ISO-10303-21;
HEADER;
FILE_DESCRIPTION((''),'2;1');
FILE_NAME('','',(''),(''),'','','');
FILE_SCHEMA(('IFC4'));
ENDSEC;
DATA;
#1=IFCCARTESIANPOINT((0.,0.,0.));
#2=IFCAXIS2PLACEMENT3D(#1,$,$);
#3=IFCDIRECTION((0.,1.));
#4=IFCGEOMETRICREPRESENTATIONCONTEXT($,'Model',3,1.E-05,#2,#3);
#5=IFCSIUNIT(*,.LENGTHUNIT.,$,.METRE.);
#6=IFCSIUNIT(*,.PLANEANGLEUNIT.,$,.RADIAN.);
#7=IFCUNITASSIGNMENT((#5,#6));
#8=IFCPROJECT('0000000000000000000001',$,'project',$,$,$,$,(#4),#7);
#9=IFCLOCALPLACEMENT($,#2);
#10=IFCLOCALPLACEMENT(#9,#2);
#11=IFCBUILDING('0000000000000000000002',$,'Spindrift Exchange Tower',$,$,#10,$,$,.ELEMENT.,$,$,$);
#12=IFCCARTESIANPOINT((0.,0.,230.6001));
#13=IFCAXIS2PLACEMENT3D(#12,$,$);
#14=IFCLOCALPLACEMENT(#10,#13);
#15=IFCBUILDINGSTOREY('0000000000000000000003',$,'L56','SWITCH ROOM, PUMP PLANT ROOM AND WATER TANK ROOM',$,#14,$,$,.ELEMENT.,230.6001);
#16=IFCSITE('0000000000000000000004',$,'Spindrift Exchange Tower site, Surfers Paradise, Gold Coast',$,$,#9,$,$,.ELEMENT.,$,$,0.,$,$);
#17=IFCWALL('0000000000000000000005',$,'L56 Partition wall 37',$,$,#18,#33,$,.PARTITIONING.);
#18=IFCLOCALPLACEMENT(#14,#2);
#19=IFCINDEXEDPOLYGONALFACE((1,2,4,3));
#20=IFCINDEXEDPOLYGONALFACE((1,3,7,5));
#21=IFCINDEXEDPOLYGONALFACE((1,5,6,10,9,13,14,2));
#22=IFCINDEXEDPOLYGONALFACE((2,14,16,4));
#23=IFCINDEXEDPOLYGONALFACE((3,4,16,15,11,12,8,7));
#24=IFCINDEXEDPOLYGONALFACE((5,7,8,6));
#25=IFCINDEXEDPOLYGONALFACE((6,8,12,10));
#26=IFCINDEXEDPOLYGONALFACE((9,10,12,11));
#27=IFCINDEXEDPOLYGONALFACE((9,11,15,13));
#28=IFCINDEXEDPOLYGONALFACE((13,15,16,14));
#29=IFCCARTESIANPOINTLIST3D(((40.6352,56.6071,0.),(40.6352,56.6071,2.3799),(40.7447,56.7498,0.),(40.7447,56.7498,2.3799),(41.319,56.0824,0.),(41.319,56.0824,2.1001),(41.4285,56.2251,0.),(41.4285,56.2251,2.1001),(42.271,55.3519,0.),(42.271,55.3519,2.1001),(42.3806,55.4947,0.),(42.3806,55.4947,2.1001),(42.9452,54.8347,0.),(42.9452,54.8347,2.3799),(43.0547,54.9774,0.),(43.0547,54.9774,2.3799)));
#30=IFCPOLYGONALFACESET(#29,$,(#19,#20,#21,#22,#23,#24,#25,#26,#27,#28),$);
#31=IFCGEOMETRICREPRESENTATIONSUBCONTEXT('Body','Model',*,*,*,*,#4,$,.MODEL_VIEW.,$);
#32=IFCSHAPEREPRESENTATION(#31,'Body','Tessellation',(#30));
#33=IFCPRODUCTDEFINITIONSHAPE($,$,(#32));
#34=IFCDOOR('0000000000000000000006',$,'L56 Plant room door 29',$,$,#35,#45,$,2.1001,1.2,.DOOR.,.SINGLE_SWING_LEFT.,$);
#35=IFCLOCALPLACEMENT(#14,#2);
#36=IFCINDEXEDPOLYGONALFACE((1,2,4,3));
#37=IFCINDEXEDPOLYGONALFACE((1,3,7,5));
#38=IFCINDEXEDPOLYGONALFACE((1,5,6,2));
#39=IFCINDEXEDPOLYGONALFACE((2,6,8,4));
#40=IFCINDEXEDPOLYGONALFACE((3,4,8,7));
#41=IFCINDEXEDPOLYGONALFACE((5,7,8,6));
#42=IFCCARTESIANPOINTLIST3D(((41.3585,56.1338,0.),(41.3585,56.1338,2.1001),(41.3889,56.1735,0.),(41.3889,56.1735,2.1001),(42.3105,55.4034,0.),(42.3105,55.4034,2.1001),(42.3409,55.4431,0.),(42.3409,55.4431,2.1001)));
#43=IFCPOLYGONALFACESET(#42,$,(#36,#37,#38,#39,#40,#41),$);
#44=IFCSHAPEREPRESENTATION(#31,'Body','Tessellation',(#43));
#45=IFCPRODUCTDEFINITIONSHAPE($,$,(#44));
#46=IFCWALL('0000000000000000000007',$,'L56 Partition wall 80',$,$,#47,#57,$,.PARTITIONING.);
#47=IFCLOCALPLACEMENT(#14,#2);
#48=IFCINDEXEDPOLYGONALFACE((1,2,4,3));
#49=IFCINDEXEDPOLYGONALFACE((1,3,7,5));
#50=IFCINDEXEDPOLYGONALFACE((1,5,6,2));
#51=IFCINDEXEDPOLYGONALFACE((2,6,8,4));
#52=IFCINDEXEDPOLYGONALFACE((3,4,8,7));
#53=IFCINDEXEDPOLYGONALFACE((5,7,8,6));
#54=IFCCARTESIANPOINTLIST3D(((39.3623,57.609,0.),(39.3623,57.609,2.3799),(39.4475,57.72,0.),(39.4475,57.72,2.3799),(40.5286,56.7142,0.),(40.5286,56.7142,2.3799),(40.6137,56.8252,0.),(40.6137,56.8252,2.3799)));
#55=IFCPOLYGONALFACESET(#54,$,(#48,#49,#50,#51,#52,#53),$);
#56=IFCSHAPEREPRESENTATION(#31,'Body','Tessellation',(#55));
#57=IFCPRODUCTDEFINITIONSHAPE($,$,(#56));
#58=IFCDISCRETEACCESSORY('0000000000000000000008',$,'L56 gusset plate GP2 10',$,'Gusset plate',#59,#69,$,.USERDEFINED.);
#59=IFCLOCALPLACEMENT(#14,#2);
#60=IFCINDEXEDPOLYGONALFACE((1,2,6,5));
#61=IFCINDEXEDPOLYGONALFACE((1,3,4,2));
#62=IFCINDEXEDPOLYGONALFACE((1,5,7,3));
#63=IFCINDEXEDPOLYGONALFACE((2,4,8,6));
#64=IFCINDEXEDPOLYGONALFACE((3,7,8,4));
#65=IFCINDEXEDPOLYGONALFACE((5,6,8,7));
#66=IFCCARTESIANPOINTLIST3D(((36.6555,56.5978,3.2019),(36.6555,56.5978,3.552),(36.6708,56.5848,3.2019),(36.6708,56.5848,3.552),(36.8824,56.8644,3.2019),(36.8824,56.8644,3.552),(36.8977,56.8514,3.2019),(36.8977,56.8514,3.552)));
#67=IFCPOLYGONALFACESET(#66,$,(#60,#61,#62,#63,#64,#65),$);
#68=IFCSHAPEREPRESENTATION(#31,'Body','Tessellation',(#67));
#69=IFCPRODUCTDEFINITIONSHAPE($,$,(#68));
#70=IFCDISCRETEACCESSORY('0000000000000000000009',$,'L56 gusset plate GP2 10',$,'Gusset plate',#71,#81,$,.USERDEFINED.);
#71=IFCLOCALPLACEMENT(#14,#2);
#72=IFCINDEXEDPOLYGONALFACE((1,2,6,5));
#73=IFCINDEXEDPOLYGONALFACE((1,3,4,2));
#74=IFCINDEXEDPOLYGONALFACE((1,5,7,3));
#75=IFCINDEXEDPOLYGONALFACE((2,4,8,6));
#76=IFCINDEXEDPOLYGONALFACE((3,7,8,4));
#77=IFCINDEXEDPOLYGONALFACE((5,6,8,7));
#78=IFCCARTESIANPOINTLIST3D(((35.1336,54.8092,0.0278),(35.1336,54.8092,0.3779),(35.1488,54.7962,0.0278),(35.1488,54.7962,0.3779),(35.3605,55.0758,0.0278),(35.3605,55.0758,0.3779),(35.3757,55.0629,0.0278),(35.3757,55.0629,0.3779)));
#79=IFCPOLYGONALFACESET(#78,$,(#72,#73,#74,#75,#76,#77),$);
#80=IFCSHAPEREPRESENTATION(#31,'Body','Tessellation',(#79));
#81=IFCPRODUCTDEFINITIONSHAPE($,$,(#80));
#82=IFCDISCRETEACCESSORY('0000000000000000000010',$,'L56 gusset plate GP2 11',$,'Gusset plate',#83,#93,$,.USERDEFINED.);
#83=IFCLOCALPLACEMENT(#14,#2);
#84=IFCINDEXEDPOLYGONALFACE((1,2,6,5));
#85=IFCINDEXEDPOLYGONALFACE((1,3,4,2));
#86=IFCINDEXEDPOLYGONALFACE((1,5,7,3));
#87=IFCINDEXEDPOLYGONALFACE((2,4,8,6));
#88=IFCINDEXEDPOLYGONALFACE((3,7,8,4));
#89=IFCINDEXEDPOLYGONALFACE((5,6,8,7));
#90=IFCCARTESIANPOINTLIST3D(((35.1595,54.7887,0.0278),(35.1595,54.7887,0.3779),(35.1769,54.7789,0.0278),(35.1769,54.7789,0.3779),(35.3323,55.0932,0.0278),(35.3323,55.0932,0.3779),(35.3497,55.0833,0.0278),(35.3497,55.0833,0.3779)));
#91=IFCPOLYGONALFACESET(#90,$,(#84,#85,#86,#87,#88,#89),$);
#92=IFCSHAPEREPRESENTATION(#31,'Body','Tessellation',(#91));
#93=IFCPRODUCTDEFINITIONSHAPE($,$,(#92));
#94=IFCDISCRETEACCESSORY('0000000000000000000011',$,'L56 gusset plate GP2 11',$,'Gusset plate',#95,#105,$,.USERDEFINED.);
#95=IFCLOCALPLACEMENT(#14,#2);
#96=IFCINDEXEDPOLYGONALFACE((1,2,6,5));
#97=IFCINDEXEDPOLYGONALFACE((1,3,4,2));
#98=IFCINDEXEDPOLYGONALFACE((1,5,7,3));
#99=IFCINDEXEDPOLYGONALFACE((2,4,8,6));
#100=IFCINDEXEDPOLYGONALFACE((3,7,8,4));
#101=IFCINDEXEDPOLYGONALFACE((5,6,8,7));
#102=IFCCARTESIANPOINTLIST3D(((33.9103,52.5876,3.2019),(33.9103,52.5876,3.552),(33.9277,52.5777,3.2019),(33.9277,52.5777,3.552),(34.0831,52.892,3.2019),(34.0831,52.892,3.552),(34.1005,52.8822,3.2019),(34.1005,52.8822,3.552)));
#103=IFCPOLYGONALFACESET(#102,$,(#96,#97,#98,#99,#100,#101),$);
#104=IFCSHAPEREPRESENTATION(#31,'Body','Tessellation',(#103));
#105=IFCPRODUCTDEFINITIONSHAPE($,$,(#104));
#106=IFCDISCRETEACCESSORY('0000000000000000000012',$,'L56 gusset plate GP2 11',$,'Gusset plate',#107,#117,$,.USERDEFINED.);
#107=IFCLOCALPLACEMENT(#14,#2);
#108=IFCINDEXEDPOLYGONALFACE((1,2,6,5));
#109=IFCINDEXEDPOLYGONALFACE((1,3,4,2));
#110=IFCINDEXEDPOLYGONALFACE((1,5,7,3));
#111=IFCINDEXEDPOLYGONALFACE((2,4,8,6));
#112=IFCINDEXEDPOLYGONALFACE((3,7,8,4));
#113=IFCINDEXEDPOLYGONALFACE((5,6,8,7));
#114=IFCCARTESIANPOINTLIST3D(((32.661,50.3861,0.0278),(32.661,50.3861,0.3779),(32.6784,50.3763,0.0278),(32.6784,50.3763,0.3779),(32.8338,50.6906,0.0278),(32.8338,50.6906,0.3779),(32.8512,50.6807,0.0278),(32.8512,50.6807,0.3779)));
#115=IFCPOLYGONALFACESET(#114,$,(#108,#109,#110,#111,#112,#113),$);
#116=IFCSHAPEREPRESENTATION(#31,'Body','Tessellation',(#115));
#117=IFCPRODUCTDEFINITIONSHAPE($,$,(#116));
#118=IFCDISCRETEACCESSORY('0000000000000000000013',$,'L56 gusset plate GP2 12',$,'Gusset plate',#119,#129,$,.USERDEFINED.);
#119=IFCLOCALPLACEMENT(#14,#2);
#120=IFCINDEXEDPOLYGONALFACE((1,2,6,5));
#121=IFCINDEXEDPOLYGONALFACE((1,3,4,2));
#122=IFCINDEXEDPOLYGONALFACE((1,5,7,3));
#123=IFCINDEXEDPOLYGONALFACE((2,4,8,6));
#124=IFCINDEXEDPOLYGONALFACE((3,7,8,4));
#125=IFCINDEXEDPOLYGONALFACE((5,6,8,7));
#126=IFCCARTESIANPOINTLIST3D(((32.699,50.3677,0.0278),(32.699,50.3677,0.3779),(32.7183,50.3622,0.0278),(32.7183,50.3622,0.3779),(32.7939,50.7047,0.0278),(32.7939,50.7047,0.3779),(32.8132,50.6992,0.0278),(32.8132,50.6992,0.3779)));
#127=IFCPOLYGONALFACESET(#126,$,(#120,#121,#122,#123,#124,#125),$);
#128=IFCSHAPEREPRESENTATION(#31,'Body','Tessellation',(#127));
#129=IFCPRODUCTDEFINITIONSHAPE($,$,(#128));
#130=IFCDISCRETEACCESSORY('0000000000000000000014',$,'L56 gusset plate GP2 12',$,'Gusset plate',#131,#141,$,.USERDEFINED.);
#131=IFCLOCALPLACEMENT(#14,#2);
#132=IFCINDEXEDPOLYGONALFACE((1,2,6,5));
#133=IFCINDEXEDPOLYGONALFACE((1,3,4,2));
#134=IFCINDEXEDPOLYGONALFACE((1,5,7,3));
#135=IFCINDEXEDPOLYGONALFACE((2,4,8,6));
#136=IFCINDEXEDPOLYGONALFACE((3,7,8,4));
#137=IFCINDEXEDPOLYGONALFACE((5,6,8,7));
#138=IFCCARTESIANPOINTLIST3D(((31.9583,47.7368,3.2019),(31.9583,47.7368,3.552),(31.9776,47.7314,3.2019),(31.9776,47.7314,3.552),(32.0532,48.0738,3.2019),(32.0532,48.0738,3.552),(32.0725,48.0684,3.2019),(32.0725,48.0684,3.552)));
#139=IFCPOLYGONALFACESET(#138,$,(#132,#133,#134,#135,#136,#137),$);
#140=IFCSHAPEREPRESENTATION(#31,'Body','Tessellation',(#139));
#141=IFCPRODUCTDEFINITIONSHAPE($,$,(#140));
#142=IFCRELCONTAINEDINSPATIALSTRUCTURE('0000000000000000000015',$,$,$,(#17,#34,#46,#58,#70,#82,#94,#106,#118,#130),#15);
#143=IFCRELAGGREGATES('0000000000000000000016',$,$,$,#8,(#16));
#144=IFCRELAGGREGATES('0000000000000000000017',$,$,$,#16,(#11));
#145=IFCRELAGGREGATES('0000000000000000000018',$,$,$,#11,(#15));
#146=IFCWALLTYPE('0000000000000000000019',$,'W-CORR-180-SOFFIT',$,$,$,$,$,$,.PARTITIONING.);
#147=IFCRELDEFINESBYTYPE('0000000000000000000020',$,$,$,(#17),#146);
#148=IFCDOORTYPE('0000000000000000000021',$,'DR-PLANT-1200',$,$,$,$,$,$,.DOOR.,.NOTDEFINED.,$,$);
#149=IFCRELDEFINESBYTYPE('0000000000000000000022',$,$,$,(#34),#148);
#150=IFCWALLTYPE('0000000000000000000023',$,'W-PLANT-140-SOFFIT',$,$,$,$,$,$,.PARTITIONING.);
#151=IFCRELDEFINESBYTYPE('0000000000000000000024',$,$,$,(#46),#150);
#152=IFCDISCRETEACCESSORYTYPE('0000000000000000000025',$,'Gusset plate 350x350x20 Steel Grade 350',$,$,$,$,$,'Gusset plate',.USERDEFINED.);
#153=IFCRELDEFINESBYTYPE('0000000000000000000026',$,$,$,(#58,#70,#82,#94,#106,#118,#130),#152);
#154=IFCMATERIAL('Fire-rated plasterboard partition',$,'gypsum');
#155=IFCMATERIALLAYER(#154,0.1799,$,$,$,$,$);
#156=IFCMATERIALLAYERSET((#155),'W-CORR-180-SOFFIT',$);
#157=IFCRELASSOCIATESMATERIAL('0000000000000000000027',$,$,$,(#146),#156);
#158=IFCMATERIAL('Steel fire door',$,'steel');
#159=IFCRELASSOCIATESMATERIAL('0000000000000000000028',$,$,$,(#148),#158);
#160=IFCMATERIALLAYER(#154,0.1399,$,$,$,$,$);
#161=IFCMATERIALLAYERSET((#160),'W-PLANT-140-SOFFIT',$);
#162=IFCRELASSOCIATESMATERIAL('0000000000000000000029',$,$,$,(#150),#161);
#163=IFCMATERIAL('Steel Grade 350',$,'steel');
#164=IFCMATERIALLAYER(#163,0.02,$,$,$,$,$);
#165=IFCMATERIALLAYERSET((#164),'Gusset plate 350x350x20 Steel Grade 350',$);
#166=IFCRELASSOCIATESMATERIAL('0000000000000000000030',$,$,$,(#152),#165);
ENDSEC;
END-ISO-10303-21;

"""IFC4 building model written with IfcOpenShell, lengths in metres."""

from ifc_helpers import new_model, si_unit, direction, frame, frame_2d, origin, origin_2d, place, context, subcontext, project, spatial, rectangle, extrude, source, transform, mapped, material, layer, layer_set, type_object, element, fill, save


model = new_model("IFC4")

# Units and contexts
model_context = context("Model", 3, precision=1e-05, world=origin(), true_north=direction((0.0, 1.0)))
body_context = subcontext(model_context, "Body", "Model", "MODEL_VIEW")
ifc_project = project(units=[si_unit("LENGTHUNIT", "METRE"), si_unit("PLANEANGLEUNIT", "RADIAN")], contexts=[model_context])

# Site, building, storey
site_placement = place(None, origin())
site = spatial("IfcSite", under=ifc_project, at=site_placement, Name="Spindrift Exchange Tower site, Surfers Paradise, Gold Coast", CompositionType="ELEMENT", RefElevation=0.0)
building_placement = place(site_placement, origin())
building = spatial("IfcBuilding", under=site, at=building_placement, Name="Spindrift Exchange Tower", CompositionType="ELEMENT")
storey_placement = place(building_placement, frame((0.0, 0.0, 230.6001)))
storey = spatial("IfcBuildingStorey", under=building, at=storey_placement, Name="L56", Description="SWITCH ROOM, PUMP PLANT ROOM AND WATER TANK ROOM", CompositionType="ELEMENT", Elevation=230.6001)

# Shared definitions
ifc_material_1 = material(Name="Steel Grade 350", Category="steel")

# Wall, opening, door
ifc_material_2 = material(Name="Fire-rated plasterboard partition", Category="gypsum")
ifc_layer_1 = layer(ifc_material_2, 0.1799)
ifc_layer_set_1 = layer_set([ifc_layer_1], Name="W-CORR-180-SOFFIT")
wall_type_1 = type_object("IfcWallType", Name="W-CORR-180-SOFFIT", PredefinedType="PARTITIONING", material=ifc_layer_set_1)
wall_1_placement = place(storey_placement, frame((40.6899, 56.6785, 0.0), z_axis=(0.0, 0.0, 1.0), x_axis=(0.793371, -0.608738, 0.0)))
wall_1 = element("IfcWall", 1, at=wall_1_placement, inside=storey, type_object=wall_type_1, Name="L56 Partition wall 37", PredefinedType="PARTITIONING", context=body_context, shape_type="SweptSolid", body=[
    extrude(rectangle(XDim=2.9116, YDim=0.1799, at=frame_2d((1.4558, 0.0))), origin(), (0.0, 0.0, 1.0), 2.3799),
])
opening_placement = place(wall_1_placement, frame((0.8618, 0.0, 0.0)))
opening = element("IfcOpeningElement", 2, at=opening_placement, cuts=wall_1, PredefinedType="OPENING", context=body_context, shape_type="SweptSolid", body=[
    extrude(rectangle(XDim=1.2, YDim=2.1001, at=frame_2d((0.6001, 1.05))), frame((0.0, 0.0999, 0.0), z_axis=(0.0, -1.0, 0.0), x_axis=(1.0, 0.0, 0.0)), (0.0, 0.0, 1.0), 0.2),
])
ifc_material_3 = material(Name="Steel fire door", Category="steel")
door_type = type_object("IfcDoorType", Name="DR-PLANT-1200", OperationType="NOTDEFINED", PredefinedType="DOOR", material=ifc_material_3)
shared_shape_1 = source(origin(), body_context, "Body", "SweptSolid", [
    extrude(rectangle(XDim=1.2, YDim=2.1001, at=frame_2d((0.6001, 1.05))), frame((0.0, 0.0249, 0.0), z_axis=(0.0, -1.0, 0.0), x_axis=(1.0, 0.0, 0.0)), (0.0, 0.0, 1.0), 0.05),
])
door_placement = place(opening_placement, origin())
door = element("IfcDoor", 3, at=door_placement, inside=storey, type_object=door_type, Name="L56 Plant room door 29", OperationType="SINGLE_SWING_LEFT", OverallHeight=2.1001, OverallWidth=1.2, PredefinedType="DOOR", context=body_context, shape_type="MappedRepresentation", body=[
    mapped(shared_shape_1, transform((0.0, 0.0, 0.0), scale=1.0)),
])
fill(opening, door)

# Wall
ifc_layer_2 = layer(ifc_material_2, 0.1399)
ifc_layer_set_2 = layer_set([ifc_layer_2], Name="W-PLANT-140-SOFFIT")
wall_type_2 = type_object("IfcWallType", Name="W-PLANT-140-SOFFIT", PredefinedType="PARTITIONING", material=ifc_layer_set_2)
wall_2_placement = place(storey_placement, frame((40.571, 56.7698, 0.0), z_axis=(0.0, 0.0, 1.0), x_axis=(-0.793395, 0.608707, 0.0)))
element("IfcWall", 4, at=wall_2_placement, inside=storey, type_object=wall_type_2, Name="L56 Partition wall 80", PredefinedType="PARTITIONING", context=body_context, shape_type="SweptSolid", body=[
    extrude(rectangle(XDim=1.47, YDim=0.1399, at=frame_2d((0.7349, 0.0))), origin(), (0.0, 0.0, 1.0), 2.3799),
])

# Discrete accessories
ifc_layer_3 = layer(ifc_material_1, 0.02)
ifc_layer_set_3 = layer_set([ifc_layer_3], Name="Gusset plate 350x350x20 Steel Grade 350")
discrete_accessory_type = type_object("IfcDiscreteAccessoryType", Name="Gusset plate 350x350x20 Steel Grade 350", ElementType="Gusset plate", PredefinedType="USERDEFINED", material=ifc_layer_set_3)
shared_shape_2 = source(origin(), body_context, "Body", "SweptSolid", [
    extrude(rectangle(XDim=0.3501, YDim=0.02, at=origin_2d()), origin(), (0.0, 0.0, 1.0), 0.3501),
])
for number, where, z_axis, x_axis, name in (
    (5, (36.7766, 56.7246, 3.2019), (0.0, 0.0, 1.0), (-0.648067, -0.761584, 0.0), "L56 gusset plate GP2 10"),
    (6, (35.2546, 54.936, 0.0278), (0.0, 0.0, 1.0), (-0.648067, -0.761584, 0.0), "L56 gusset plate GP2 10"),
    (7, (35.2546, 54.936, 0.0278), (0.0, 0.0, 1.0), (-0.493579, -0.869701, 0.0), "L56 gusset plate GP2 11"),
    (8, (34.0054, 52.7349, 3.2019), (0.0, 0.0, 1.0), (-0.493579, -0.869701, 0.0), "L56 gusset plate GP2 11"),
    (9, (32.7561, 50.5334, 0.0278), (0.0, 0.0, 1.0), (-0.493579, -0.869701, 0.0), "L56 gusset plate GP2 11"),
    (10, (32.7561, 50.5334, 0.0278), (0.0, 0.0, 1.0), (-0.270994, -0.962581, 0.0), "L56 gusset plate GP2 12"),
    (11, (32.0154, 47.9026, 3.2019), (0.0, 0.0, 1.0), (-0.270994, -0.962581, 0.0), "L56 gusset plate GP2 12"),
):
    element("IfcDiscreteAccessory", number, at=place(storey_placement, frame(where, z_axis=z_axis, x_axis=x_axis)), inside=storey, type_object=discrete_accessory_type, Name=name, ObjectType="Gusset plate", PredefinedType="USERDEFINED", context=body_context, shape_type="MappedRepresentation", body=[
        mapped(shared_shape_2, transform((0.0, 0.0, 0.0), scale=1.0)),
    ])

save(model, "model.ifc")
